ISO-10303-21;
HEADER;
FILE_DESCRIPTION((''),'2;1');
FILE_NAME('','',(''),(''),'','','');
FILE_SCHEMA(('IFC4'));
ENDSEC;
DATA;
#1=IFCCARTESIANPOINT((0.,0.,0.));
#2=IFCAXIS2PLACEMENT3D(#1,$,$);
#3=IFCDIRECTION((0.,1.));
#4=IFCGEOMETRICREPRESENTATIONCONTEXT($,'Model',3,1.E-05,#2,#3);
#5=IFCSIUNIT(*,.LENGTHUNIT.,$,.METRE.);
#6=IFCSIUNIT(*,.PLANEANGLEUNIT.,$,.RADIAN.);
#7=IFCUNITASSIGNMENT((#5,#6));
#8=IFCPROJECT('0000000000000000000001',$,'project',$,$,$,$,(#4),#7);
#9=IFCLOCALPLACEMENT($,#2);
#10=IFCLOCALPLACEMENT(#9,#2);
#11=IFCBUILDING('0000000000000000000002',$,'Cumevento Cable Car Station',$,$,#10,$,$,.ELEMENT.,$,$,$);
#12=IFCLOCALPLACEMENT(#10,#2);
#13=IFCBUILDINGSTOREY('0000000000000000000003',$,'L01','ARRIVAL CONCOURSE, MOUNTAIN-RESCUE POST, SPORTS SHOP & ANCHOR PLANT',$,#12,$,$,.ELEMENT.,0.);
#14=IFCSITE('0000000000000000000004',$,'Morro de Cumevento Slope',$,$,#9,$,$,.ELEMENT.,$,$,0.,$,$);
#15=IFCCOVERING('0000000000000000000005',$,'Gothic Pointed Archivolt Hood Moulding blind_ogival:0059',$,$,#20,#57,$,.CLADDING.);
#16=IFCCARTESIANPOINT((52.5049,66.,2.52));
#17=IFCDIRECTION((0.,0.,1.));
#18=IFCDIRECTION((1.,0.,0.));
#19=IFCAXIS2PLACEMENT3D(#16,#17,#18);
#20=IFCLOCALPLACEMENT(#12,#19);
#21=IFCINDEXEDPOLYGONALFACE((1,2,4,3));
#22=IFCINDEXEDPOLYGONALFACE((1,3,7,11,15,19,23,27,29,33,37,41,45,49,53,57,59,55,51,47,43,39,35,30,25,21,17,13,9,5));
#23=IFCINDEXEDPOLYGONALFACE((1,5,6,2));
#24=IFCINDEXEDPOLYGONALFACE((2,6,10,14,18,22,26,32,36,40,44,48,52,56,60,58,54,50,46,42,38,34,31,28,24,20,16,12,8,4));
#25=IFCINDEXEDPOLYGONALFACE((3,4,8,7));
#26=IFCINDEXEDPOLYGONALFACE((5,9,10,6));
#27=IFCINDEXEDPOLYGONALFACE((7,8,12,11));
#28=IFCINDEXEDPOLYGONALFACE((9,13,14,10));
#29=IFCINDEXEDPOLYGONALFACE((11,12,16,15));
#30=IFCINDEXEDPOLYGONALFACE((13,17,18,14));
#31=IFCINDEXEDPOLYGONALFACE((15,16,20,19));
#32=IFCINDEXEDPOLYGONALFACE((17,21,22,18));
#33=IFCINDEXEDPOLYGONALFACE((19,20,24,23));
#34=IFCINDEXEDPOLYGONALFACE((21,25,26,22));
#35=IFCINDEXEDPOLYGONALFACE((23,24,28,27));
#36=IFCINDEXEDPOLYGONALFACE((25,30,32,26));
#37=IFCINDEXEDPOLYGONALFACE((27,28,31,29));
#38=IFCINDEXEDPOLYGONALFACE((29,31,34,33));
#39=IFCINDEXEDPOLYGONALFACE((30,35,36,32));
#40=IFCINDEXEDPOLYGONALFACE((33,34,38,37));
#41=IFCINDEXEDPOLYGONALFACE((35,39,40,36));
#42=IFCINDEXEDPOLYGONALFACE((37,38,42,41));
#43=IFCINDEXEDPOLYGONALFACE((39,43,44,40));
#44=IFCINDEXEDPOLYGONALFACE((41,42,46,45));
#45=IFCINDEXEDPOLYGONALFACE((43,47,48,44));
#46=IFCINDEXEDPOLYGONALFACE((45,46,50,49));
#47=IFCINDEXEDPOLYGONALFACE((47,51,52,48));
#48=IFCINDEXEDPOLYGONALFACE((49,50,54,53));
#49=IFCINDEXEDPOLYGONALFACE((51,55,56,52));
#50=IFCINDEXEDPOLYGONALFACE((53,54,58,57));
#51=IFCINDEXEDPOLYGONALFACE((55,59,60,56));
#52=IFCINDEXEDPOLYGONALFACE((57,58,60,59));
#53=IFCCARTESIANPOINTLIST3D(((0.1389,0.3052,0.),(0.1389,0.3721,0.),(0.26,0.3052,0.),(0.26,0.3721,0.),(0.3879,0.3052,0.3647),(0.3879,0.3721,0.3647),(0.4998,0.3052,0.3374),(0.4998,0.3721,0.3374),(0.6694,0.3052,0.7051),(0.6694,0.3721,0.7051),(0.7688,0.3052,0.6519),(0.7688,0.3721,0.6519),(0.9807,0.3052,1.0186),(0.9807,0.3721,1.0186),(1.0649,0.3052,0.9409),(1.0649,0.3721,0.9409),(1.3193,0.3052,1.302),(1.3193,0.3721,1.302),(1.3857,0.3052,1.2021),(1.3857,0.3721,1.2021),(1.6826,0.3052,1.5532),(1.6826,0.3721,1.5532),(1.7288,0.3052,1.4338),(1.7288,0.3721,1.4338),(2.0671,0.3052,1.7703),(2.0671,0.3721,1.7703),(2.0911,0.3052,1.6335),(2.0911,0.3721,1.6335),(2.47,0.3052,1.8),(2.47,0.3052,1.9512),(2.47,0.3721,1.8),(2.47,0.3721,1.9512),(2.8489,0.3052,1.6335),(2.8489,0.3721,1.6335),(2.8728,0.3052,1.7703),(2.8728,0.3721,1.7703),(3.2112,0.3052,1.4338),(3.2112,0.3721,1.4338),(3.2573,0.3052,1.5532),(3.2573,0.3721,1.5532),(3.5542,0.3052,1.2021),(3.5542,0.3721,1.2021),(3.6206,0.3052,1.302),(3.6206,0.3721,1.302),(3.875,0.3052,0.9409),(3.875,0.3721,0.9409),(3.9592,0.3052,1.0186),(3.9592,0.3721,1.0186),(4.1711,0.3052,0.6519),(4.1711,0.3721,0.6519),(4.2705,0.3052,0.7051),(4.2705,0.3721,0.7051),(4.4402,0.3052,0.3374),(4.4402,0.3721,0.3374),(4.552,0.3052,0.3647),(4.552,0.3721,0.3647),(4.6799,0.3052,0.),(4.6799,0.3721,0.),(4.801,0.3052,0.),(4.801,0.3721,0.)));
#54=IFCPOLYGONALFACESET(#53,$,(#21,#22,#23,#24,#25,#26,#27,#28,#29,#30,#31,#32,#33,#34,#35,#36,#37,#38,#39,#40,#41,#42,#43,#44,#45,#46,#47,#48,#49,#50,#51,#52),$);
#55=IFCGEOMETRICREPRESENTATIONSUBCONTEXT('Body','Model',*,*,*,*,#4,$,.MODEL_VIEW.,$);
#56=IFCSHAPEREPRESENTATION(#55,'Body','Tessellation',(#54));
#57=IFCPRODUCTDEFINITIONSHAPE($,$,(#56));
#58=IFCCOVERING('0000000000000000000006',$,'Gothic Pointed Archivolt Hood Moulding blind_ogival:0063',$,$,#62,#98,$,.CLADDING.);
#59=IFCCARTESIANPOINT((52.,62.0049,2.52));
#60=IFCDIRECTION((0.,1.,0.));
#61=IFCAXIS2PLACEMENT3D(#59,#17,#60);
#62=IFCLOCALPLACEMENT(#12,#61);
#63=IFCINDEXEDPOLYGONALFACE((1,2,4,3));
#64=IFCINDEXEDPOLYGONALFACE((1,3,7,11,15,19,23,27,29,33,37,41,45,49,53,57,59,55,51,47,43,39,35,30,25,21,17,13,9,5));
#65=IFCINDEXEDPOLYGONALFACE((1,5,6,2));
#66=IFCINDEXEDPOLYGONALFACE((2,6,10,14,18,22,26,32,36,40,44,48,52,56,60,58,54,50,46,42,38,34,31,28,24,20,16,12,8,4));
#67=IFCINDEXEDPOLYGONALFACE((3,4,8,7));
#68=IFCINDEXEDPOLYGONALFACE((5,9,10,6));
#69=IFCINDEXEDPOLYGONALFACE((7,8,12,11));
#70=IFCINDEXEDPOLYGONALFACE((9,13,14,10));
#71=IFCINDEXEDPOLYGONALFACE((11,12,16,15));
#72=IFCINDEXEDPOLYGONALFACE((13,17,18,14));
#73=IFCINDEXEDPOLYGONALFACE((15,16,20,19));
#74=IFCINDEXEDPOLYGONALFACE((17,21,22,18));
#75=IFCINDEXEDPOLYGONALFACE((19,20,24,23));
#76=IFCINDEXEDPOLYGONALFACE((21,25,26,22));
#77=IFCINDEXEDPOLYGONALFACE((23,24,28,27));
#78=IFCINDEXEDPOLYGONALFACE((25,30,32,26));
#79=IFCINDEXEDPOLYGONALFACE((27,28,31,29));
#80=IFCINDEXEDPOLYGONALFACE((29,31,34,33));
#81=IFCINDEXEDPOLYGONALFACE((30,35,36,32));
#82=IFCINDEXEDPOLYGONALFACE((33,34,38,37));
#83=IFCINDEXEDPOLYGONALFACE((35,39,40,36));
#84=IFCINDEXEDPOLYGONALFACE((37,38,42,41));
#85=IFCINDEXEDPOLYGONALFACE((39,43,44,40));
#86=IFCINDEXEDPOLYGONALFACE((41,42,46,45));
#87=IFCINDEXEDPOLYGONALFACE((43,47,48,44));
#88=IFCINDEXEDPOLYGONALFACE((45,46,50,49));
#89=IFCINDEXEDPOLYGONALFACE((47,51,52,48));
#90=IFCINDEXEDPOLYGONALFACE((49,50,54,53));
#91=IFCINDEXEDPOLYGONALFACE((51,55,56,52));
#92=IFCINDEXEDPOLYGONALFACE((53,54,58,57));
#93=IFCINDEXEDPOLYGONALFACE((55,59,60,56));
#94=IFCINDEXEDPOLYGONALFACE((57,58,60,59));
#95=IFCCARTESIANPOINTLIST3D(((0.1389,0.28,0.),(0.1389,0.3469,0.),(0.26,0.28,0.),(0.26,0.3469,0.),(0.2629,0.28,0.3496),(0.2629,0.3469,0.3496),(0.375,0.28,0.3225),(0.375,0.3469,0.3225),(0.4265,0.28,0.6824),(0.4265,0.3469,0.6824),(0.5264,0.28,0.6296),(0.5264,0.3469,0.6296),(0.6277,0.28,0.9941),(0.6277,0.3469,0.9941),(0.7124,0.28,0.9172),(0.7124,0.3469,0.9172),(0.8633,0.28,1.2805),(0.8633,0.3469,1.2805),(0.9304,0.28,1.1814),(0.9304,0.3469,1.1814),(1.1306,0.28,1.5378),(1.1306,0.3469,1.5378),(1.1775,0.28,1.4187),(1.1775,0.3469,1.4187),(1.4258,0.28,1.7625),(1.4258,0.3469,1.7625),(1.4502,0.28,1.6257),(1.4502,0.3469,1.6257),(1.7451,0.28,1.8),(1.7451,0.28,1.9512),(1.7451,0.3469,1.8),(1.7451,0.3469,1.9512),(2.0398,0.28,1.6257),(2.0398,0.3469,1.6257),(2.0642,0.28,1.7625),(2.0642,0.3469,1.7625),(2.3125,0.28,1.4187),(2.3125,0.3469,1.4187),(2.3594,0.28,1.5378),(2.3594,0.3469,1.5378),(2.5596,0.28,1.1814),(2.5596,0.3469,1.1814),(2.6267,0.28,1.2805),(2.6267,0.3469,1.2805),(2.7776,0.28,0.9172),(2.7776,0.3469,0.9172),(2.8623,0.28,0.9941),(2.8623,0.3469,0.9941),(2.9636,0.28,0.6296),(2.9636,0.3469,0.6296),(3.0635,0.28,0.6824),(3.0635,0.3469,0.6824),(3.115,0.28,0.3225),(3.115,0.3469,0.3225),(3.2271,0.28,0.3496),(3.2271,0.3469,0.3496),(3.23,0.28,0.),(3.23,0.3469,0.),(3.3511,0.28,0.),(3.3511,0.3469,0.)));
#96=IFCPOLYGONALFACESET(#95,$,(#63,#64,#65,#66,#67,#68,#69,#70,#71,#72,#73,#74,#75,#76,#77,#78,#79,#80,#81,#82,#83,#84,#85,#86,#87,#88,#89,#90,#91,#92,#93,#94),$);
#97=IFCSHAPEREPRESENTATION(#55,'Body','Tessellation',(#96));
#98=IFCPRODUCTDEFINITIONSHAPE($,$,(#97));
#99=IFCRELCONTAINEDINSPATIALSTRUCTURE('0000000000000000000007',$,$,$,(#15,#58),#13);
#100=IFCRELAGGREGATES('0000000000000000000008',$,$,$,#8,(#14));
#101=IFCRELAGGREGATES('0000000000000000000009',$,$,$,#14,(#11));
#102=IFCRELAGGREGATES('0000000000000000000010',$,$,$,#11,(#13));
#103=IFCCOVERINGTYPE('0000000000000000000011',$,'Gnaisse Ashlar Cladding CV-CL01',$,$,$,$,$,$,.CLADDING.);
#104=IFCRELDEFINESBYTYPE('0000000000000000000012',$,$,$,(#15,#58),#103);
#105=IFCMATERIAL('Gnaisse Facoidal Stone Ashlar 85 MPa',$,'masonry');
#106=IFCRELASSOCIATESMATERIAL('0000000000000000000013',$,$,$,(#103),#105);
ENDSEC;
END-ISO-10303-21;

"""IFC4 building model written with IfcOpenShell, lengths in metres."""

from ifc_helpers import new_model, si_unit, direction, frame, origin, place, context, subcontext, project, spatial, polyline, outline, extrude, material, type_object, element, save


model = new_model("IFC4")

# Units and contexts
model_context = context("Model", 3, precision=1e-05, world=origin(), true_north=direction((0.0, 1.0)))
body_context = subcontext(model_context, "Body", "Model", "MODEL_VIEW")
ifc_project = project(units=[si_unit("LENGTHUNIT", "METRE"), si_unit("PLANEANGLEUNIT", "RADIAN")], contexts=[model_context])

# Site, building, storey
site_placement = place(None, origin())
site = spatial("IfcSite", under=ifc_project, at=site_placement, Name="Morro de Cumevento Slope", CompositionType="ELEMENT", RefElevation=0.0)
building_placement = place(site_placement, origin())
building = spatial("IfcBuilding", under=site, at=building_placement, Name="Cumevento Cable Car Station", CompositionType="ELEMENT")
storey_placement = place(building_placement, origin())
storey = spatial("IfcBuildingStorey", under=building, at=storey_placement, Name="L01", Description="ARRIVAL CONCOURSE, MOUNTAIN-RESCUE POST, SPORTS SHOP & ANCHOR PLANT", CompositionType="ELEMENT", Elevation=0.0)

# Coverings
ifc_material_1 = material(Name="Gnaisse Facoidal Stone Ashlar 85 MPa", Category="masonry")
covering_type = type_object("IfcCoveringType", Name="Gnaisse Ashlar Cladding CV-CL01", PredefinedType="CLADDING", material=ifc_material_1)
covering_1_placement = place(storey_placement, frame((52.5049, 66.0, 2.52), z_axis=(0.0, 0.0, 1.0), x_axis=(1.0, 0.0, 0.0)))
element("IfcCovering", 1, at=covering_1_placement, inside=storey, type_object=covering_type, Name="Gothic Pointed Archivolt Hood Moulding blind_ogival:0059", PredefinedType="CLADDING", context=body_context, shape_type="SweptSolid", body=[
    extrude(outline(polyline([(0.26, 0.0), (0.4998, 0.3374), (0.7688, 0.6519), (1.0649, 0.9409), (1.3857, 1.2021), (1.7288, 1.4338), (2.0911, 1.6335), (2.47, 1.8), (2.8489, 1.6335), (3.2112, 1.4338), (3.5542, 1.2021), (3.875, 0.9409), (4.1711, 0.6519), (4.4402, 0.3374), (4.6799, 0.0), (4.801, 0.0), (4.552, 0.3647), (4.2705, 0.7051), (3.9592, 1.0186), (3.6206, 1.302), (3.2573, 1.5532), (2.8728, 1.7703), (2.47, 1.9512), (2.0671, 1.7703), (1.6826, 1.5532), (1.3193, 1.302), (0.9807, 1.0186), (0.6694, 0.7051), (0.3879, 0.3647), (0.1389, 0.0), (0.26, 0.0)])), frame((0.0, 0.3721, 0.0), z_axis=(0.0, -1.0, 0.0), x_axis=(1.0, 0.0, 0.0)), (0.0, 0.0, 1.0), 0.0669),
])
covering_2_placement = place(storey_placement, frame((52.0, 62.0049, 2.52), z_axis=(0.0, 0.0, 1.0), x_axis=(0.0, 1.0, 0.0)))
element("IfcCovering", 2, at=covering_2_placement, inside=storey, type_object=covering_type, Name="Gothic Pointed Archivolt Hood Moulding blind_ogival:0063", PredefinedType="CLADDING", context=body_context, shape_type="SweptSolid", body=[
    extrude(outline(polyline([(0.26, 0.0), (0.375, 0.3225), (0.5264, 0.6296), (0.7124, 0.9172), (0.9304, 1.1814), (1.1775, 1.4187), (1.4502, 1.6257), (1.7451, 1.8), (2.0398, 1.6257), (2.3125, 1.4187), (2.5596, 1.1814), (2.7776, 0.9172), (2.9636, 0.6296), (3.115, 0.3225), (3.23, 0.0), (3.3511, 0.0), (3.2271, 0.3496), (3.0635, 0.6824), (2.8623, 0.9941), (2.6267, 1.2805), (2.3594, 1.5378), (2.0642, 1.7625), (1.7451, 1.9512), (1.4258, 1.7625), (1.1306, 1.5378), (0.8633, 1.2805), (0.6277, 0.9941), (0.4265, 0.6824), (0.2629, 0.3496), (0.1389, 0.0), (0.26, 0.0)])), frame((0.0, 0.3469, 0.0), z_axis=(0.0, -1.0, 0.0), x_axis=(1.0, 0.0, 0.0)), (0.0, 0.0, 1.0), 0.0669),
])

save(model, "model.ifc")
